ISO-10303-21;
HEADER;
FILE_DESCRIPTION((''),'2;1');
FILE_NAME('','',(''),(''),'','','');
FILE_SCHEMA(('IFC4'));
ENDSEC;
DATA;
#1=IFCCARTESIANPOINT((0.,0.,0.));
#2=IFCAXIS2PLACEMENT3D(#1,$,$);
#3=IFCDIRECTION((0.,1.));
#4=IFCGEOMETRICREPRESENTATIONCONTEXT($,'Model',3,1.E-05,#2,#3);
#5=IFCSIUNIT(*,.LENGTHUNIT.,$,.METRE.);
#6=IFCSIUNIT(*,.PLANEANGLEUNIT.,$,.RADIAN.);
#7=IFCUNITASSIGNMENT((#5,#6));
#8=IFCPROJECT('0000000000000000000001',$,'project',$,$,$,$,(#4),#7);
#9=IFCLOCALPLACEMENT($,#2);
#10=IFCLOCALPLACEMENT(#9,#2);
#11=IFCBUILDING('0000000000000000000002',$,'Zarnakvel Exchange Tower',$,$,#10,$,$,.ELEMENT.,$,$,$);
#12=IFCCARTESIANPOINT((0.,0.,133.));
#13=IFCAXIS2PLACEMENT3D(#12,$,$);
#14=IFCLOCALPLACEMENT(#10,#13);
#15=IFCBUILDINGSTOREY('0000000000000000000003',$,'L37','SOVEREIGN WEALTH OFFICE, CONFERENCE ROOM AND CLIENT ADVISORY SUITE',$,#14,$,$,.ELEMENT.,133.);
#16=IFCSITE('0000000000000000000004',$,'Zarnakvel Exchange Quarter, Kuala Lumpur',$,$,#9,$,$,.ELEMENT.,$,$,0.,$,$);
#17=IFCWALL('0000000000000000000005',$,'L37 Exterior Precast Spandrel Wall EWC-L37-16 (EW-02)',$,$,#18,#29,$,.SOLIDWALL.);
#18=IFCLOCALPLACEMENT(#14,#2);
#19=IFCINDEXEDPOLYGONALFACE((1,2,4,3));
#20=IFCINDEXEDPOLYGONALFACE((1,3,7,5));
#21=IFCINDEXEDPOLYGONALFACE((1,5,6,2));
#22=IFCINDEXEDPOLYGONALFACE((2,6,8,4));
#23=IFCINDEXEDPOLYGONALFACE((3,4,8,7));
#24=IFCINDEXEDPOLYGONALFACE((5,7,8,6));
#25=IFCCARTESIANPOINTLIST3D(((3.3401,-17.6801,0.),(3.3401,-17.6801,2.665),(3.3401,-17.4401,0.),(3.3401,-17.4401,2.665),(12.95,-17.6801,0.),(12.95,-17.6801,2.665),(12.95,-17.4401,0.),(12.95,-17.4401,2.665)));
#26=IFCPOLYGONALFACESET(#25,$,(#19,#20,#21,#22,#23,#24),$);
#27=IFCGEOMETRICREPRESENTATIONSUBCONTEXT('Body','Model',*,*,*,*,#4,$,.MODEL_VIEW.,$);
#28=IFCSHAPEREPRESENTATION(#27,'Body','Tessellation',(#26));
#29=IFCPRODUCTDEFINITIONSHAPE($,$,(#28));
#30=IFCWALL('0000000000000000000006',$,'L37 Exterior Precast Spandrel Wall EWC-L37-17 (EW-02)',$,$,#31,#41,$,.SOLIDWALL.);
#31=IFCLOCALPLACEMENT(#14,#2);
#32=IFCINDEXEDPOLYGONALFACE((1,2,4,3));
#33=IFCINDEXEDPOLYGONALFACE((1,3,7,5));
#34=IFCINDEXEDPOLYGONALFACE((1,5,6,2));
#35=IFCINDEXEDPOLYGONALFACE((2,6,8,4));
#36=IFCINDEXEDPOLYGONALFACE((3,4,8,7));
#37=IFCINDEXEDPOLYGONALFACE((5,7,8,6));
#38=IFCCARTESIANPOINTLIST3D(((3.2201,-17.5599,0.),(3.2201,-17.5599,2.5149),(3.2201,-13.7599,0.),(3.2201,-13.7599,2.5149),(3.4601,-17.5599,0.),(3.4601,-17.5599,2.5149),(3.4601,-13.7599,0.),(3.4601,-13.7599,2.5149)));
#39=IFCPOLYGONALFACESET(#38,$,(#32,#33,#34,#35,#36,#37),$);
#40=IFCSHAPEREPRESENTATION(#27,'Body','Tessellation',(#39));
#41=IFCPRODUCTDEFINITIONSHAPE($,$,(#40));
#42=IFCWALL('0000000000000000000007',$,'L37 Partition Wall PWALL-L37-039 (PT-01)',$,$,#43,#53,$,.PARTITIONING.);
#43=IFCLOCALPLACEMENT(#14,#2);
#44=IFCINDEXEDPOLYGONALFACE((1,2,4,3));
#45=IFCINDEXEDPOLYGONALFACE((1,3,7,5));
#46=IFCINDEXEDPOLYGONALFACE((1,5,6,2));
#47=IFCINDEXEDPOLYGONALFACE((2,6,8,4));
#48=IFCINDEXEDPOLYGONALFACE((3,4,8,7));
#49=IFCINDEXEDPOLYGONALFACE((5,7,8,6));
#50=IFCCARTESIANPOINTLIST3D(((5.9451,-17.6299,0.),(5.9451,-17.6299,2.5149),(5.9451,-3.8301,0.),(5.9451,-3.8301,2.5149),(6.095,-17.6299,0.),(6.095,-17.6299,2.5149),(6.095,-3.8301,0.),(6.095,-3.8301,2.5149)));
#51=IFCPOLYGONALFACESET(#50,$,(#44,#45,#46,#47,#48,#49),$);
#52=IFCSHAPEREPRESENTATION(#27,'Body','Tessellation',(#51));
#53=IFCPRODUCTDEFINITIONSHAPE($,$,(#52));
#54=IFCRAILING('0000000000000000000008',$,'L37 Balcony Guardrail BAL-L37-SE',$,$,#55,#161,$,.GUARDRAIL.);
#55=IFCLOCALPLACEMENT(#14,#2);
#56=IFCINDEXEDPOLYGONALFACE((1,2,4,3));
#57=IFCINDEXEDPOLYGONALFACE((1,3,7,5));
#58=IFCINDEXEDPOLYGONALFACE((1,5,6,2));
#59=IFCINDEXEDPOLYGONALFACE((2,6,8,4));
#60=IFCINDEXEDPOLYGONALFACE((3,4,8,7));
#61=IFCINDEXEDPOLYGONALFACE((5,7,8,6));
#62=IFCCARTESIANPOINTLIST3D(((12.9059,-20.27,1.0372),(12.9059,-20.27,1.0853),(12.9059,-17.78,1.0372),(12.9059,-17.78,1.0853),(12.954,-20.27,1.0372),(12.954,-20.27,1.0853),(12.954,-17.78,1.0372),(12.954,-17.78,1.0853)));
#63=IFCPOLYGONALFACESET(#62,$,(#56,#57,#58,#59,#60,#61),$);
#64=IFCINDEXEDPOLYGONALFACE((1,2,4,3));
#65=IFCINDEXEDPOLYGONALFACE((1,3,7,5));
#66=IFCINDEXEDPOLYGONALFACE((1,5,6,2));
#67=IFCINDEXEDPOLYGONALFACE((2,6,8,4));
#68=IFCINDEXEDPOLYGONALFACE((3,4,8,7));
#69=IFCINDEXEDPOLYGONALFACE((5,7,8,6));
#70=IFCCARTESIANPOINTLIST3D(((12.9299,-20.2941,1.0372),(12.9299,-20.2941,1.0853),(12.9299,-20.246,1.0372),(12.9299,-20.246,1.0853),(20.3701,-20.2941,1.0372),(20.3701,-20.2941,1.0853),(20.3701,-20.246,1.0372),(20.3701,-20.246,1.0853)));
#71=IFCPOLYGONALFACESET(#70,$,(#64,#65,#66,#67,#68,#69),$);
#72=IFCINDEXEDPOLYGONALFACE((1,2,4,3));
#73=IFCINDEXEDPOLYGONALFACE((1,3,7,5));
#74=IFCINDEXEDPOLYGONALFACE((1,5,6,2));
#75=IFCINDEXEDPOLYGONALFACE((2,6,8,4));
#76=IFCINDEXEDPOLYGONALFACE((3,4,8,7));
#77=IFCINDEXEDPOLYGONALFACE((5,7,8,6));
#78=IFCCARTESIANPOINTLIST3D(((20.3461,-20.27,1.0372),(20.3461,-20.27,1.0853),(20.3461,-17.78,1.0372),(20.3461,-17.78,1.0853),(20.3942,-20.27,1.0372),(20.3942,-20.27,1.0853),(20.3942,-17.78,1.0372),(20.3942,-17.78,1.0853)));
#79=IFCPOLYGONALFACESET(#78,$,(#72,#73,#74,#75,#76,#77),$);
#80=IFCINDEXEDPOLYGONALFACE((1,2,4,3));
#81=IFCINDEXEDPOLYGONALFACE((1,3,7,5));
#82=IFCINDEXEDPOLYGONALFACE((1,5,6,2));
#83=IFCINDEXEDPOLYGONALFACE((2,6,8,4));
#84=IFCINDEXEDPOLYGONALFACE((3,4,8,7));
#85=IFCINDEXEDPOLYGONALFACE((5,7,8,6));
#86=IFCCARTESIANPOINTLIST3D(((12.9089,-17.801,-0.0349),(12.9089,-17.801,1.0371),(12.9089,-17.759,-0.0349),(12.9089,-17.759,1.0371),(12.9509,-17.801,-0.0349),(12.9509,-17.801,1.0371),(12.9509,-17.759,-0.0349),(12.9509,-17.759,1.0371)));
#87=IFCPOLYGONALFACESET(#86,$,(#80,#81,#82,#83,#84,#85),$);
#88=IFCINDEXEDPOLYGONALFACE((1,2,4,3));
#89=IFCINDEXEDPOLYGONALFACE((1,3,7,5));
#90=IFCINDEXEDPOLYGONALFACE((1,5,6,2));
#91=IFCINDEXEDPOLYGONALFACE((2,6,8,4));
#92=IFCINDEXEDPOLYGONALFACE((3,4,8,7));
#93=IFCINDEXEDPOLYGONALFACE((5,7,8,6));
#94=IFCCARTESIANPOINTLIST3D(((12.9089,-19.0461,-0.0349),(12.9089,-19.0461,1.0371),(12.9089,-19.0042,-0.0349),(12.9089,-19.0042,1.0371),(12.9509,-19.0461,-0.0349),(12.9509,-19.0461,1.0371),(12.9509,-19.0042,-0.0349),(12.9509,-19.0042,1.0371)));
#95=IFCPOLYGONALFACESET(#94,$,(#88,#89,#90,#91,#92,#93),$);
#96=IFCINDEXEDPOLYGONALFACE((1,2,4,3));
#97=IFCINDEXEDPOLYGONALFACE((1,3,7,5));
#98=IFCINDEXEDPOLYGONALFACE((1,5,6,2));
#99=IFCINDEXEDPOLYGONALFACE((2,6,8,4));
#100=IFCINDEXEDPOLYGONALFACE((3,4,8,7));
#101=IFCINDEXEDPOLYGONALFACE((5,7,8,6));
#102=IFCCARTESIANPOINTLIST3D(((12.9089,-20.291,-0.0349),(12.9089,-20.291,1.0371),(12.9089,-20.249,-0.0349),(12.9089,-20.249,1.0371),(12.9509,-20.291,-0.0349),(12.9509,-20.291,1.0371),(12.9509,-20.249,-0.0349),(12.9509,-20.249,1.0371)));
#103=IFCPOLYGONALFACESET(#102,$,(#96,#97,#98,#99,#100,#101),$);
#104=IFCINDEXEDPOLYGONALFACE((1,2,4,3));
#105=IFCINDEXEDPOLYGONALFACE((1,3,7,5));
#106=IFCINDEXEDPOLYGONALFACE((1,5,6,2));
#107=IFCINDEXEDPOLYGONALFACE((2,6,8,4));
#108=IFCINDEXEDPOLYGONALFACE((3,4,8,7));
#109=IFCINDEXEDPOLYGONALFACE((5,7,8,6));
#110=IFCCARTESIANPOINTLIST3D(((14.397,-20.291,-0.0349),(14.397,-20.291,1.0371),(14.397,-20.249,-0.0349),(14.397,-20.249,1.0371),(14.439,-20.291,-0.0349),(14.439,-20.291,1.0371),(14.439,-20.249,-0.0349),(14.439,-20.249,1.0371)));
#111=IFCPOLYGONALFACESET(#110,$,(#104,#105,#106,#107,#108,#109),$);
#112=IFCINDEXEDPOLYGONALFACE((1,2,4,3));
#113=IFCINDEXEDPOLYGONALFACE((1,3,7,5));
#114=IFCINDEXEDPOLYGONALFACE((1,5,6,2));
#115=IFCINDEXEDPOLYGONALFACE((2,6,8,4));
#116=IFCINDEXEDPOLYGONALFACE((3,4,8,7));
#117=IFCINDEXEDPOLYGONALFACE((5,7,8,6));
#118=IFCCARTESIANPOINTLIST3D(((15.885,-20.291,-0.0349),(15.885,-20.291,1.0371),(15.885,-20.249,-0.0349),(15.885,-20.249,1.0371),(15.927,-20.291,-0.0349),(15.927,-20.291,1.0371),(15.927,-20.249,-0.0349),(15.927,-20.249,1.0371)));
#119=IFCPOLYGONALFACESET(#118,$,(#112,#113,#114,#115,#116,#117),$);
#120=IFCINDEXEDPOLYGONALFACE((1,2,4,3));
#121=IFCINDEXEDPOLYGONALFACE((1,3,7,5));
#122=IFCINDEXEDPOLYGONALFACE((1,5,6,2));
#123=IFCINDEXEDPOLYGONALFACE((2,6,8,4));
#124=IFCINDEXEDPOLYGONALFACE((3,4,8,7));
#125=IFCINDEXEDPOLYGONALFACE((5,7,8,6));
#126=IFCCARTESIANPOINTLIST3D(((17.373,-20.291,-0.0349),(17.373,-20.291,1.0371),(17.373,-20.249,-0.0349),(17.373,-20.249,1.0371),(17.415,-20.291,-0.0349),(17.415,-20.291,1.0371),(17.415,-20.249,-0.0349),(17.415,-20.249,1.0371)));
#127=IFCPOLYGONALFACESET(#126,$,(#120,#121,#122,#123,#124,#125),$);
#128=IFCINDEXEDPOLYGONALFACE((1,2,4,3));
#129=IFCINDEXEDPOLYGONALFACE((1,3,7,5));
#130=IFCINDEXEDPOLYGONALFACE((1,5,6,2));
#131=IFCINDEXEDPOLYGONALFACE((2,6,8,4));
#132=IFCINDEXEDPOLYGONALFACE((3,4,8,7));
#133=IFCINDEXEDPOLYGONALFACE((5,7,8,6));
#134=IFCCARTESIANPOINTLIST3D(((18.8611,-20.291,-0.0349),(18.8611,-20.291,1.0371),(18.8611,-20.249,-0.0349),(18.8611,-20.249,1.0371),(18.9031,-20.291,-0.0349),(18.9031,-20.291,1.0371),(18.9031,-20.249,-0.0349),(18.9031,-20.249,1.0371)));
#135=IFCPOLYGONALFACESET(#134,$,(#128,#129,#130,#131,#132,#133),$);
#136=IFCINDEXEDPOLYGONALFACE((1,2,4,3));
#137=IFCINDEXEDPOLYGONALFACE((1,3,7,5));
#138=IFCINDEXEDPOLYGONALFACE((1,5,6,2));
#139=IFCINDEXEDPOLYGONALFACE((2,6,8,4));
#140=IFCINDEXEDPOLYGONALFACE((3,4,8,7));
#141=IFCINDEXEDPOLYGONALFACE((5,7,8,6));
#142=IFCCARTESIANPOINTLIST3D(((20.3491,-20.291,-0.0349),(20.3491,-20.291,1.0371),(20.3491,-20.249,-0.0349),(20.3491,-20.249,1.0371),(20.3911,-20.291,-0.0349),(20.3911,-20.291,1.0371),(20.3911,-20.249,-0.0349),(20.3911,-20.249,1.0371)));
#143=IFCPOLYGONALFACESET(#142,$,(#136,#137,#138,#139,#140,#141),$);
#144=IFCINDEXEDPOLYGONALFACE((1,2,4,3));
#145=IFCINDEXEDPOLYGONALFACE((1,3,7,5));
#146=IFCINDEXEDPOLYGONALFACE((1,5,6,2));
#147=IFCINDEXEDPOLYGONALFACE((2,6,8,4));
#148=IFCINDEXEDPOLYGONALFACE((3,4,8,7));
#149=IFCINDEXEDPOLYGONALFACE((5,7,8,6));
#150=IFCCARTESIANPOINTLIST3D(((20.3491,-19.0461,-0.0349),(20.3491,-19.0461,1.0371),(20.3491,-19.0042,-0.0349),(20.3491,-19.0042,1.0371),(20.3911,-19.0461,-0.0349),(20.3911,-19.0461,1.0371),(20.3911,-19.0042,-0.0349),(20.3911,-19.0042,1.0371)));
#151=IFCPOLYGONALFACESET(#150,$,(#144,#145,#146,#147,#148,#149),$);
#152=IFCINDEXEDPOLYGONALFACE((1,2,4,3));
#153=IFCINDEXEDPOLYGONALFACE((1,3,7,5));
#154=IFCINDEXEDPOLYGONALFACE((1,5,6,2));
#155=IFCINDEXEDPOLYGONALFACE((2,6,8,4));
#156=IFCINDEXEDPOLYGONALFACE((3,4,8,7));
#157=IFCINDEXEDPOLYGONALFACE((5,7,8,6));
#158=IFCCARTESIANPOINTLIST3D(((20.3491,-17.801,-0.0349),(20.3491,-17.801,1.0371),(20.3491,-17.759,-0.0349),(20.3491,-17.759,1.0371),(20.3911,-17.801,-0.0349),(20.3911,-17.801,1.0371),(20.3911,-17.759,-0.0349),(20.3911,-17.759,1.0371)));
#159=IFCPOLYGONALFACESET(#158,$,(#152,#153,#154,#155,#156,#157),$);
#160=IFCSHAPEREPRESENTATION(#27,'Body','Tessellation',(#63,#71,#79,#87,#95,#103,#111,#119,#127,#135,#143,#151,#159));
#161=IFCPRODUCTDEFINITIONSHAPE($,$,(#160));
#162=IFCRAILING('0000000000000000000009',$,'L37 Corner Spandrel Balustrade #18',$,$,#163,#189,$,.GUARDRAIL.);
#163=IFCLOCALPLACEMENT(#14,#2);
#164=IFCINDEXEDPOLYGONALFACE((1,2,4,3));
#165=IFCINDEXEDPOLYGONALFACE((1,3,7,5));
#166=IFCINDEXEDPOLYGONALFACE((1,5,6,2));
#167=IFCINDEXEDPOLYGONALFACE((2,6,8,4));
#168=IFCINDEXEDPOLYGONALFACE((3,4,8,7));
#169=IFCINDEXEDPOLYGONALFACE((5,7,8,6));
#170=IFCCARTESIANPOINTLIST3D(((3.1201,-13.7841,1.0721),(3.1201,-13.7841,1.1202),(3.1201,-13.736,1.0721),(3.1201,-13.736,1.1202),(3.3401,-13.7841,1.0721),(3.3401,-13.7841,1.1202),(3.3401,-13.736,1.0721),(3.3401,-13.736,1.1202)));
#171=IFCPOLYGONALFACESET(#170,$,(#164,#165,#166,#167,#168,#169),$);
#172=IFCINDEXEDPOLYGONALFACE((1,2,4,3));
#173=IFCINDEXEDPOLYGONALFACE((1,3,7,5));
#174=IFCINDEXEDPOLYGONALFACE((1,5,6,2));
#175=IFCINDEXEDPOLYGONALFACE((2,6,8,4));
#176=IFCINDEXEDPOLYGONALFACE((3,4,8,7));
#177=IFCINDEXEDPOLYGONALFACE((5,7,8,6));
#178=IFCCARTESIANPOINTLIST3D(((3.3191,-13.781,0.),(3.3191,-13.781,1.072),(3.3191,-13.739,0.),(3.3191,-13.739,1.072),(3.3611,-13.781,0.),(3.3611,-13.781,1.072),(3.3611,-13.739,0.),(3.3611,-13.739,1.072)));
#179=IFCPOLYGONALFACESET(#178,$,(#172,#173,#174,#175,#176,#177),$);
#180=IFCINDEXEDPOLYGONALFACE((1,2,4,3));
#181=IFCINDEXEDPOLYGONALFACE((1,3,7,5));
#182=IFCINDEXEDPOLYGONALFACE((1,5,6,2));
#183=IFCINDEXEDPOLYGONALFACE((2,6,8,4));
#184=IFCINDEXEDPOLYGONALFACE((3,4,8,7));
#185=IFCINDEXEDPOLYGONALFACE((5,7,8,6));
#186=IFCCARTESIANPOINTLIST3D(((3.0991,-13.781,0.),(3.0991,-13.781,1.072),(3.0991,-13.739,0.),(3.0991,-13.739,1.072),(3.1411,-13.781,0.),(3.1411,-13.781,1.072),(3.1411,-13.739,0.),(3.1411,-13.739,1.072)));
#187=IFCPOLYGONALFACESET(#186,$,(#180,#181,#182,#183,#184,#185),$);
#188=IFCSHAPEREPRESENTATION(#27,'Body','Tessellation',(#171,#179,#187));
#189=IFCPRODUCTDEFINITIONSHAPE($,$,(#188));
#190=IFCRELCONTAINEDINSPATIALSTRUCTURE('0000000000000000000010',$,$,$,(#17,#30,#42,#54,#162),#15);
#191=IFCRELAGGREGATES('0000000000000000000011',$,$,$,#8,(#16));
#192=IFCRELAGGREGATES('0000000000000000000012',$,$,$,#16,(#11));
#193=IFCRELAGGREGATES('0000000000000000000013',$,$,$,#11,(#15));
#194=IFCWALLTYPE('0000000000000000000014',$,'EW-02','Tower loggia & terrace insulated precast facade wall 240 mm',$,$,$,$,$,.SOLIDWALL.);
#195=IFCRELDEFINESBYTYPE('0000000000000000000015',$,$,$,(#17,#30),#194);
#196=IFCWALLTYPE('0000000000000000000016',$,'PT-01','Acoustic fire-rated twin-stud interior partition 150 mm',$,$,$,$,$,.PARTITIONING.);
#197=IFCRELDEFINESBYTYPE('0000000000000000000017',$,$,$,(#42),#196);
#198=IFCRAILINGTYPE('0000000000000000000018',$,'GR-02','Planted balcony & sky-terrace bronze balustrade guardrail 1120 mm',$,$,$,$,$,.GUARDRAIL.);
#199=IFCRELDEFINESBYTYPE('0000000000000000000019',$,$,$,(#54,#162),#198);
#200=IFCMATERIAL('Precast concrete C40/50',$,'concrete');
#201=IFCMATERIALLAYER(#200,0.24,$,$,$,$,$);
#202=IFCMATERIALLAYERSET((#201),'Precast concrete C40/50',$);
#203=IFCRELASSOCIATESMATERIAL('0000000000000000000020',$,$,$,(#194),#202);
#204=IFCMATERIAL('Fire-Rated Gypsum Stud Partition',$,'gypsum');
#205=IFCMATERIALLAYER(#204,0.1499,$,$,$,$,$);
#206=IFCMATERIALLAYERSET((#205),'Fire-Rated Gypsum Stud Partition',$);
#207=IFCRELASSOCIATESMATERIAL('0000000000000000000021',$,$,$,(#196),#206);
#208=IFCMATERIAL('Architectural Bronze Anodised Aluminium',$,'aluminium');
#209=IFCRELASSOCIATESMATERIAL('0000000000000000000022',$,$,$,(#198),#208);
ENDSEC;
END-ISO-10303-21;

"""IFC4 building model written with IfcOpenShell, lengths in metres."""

from ifc_helpers import new_model, si_unit, direction, frame, frame_2d, origin, origin_2d, place, context, subcontext, project, spatial, rectangle, extrude, material, layer, layer_set, type_object, element, save


model = new_model("IFC4")

# Units and contexts
model_context = context("Model", 3, precision=1e-05, world=origin(), true_north=direction((0.0, 1.0)))
body_context = subcontext(model_context, "Body", "Model", "MODEL_VIEW")
ifc_project = project(units=[si_unit("LENGTHUNIT", "METRE"), si_unit("PLANEANGLEUNIT", "RADIAN")], contexts=[model_context])

# Site, building, storey
site_placement = place(None, origin())
site = spatial("IfcSite", under=ifc_project, at=site_placement, Name="Zarnakvel Exchange Quarter, Kuala Lumpur", CompositionType="ELEMENT", RefElevation=0.0)
building_placement = place(site_placement, origin())
building = spatial("IfcBuilding", under=site, at=building_placement, Name="Zarnakvel Exchange Tower", CompositionType="ELEMENT")
storey_placement = place(building_placement, frame((0.0, 0.0, 133.0)))
storey = spatial("IfcBuildingStorey", under=building, at=storey_placement, Name="L37", Description="SOVEREIGN WEALTH OFFICE, CONFERENCE ROOM AND CLIENT ADVISORY SUITE", CompositionType="ELEMENT", Elevation=133.0)

# Shared definitions
ifc_material_1 = material(Name="Architectural Bronze Anodised Aluminium", Category="aluminium")

# Walls
ifc_material_2 = material(Name="Precast concrete C40/50", Category="concrete")
ifc_layer_1 = layer(ifc_material_2, 0.24)
ifc_layer_set_1 = layer_set([ifc_layer_1], Name="Precast concrete C40/50")
wall_type_1 = type_object("IfcWallType", Name="EW-02", Description="Tower loggia & terrace insulated precast facade wall 240 mm", PredefinedType="SOLIDWALL", material=ifc_layer_set_1)
wall_1_placement = place(storey_placement, frame((3.3401, -17.5601, 0.0), z_axis=(0.0, 0.0, 1.0), x_axis=(1.0, 0.0, 0.0)))
element("IfcWall", 1, at=wall_1_placement, inside=storey, type_object=wall_type_1, Name="L37 Exterior Precast Spandrel Wall EWC-L37-16 (EW-02)", PredefinedType="SOLIDWALL", context=body_context, shape_type="SweptSolid", body=[
    extrude(rectangle(XDim=9.6099, YDim=0.24, at=frame_2d((4.8049, 0.0))), origin(), (0.0, 0.0, 1.0), 2.665),
])
wall_2_placement = place(storey_placement, frame((3.3401, -13.76, 0.0), z_axis=(0.0, 0.0, 1.0), x_axis=(0.0, -1.0, 0.0)))
element("IfcWall", 2, at=wall_2_placement, inside=storey, type_object=wall_type_1, Name="L37 Exterior Precast Spandrel Wall EWC-L37-17 (EW-02)", PredefinedType="SOLIDWALL", context=body_context, shape_type="SweptSolid", body=[
    extrude(rectangle(XDim=3.8, YDim=0.24, at=frame_2d((1.8999, 0.0))), origin(), (0.0, 0.0, 1.0), 2.5149),
])
ifc_material_3 = material(Name="Fire-Rated Gypsum Stud Partition", Category="gypsum")
ifc_layer_2 = layer(ifc_material_3, 0.1499)
ifc_layer_set_2 = layer_set([ifc_layer_2], Name="Fire-Rated Gypsum Stud Partition")
wall_type_2 = type_object("IfcWallType", Name="PT-01", Description="Acoustic fire-rated twin-stud interior partition 150 mm", PredefinedType="PARTITIONING", material=ifc_layer_set_2)
wall_3_placement = place(storey_placement, frame((6.02, -17.6299, 0.0), z_axis=(0.0, 0.0, 1.0), x_axis=(0.0, 1.0, 0.0)))
element("IfcWall", 3, at=wall_3_placement, inside=storey, type_object=wall_type_2, Name="L37 Partition Wall PWALL-L37-039 (PT-01)", PredefinedType="PARTITIONING", context=body_context, shape_type="SweptSolid", body=[
    extrude(rectangle(XDim=13.7998, YDim=0.1499, at=frame_2d((6.8999, 0.0))), origin(), (0.0, 0.0, 1.0), 2.5149),
])

# Railings
railing_type = type_object("IfcRailingType", Name="GR-02", Description="Planted balcony & sky-terrace bronze balustrade guardrail 1120 mm", PredefinedType="GUARDRAIL", material=ifc_material_1)
railing_1_placement = place(storey_placement, frame((12.9299, -17.78, -0.0349)))
element("IfcRailing", 4, at=railing_1_placement, inside=storey, type_object=railing_type, Name="L37 Balcony Guardrail BAL-L37-SE", PredefinedType="GUARDRAIL", context=body_context, shape_type="SweptSolid", body=[
    extrude(rectangle(XDim=0.0481, YDim=0.0481, at=origin_2d()), frame((0.0, 0.0, 1.0962), z_axis=(0.0, -1.0, 0.0), x_axis=(1.0, 0.0, 0.0)), (0.0, 0.0, 1.0), 2.49),
    extrude(rectangle(XDim=0.0481, YDim=0.0481, at=origin_2d()), frame((0.0, -2.49, 1.0962), z_axis=(1.0, 0.0, 0.0), x_axis=(0.0, 1.0, 0.0)), (0.0, 0.0, 1.0), 7.4402),
    extrude(rectangle(XDim=0.0481, YDim=0.0481, at=origin_2d()), frame((7.4402, -2.49, 1.0962), z_axis=(0.0, 1.0, 0.0), x_axis=(-1.0, 0.0, 0.0)), (0.0, 0.0, 1.0), 2.49),
    extrude(rectangle(XDim=0.042, YDim=0.042, at=origin_2d()), origin(), (0.0, 0.0, 1.0), 1.072),
    extrude(rectangle(XDim=0.042, YDim=0.042, at=origin_2d()), frame((0.0, -1.2451, 0.0)), (0.0, 0.0, 1.0), 1.072),
    extrude(rectangle(XDim=0.042, YDim=0.042, at=origin_2d()), frame((0.0, -2.49, 0.0)), (0.0, 0.0, 1.0), 1.072),
    extrude(rectangle(XDim=0.042, YDim=0.042, at=origin_2d()), frame((1.488, -2.49, 0.0)), (0.0, 0.0, 1.0), 1.072),
    extrude(rectangle(XDim=0.042, YDim=0.042, at=origin_2d()), frame((2.9761, -2.49, 0.0)), (0.0, 0.0, 1.0), 1.072),
    extrude(rectangle(XDim=0.042, YDim=0.042, at=origin_2d()), frame((4.4641, -2.49, 0.0)), (0.0, 0.0, 1.0), 1.072),
    extrude(rectangle(XDim=0.042, YDim=0.042, at=origin_2d()), frame((5.9521, -2.49, 0.0)), (0.0, 0.0, 1.0), 1.072),
    extrude(rectangle(XDim=0.042, YDim=0.042, at=origin_2d()), frame((7.4402, -2.49, 0.0)), (0.0, 0.0, 1.0), 1.072),
    extrude(rectangle(XDim=0.042, YDim=0.042, at=origin_2d()), frame((7.4402, -1.2451, 0.0)), (0.0, 0.0, 1.0), 1.072),
    extrude(rectangle(XDim=0.042, YDim=0.042, at=origin_2d()), frame((7.4402, 0.0, 0.0)), (0.0, 0.0, 1.0), 1.072),
])
railing_2_placement = place(storey_placement, frame((3.3401, -13.76, 0.0)))
element("IfcRailing", 5, at=railing_2_placement, inside=storey, type_object=railing_type, Name="L37 Corner Spandrel Balustrade #18", PredefinedType="GUARDRAIL", context=body_context, shape_type="SweptSolid", body=[
    extrude(rectangle(XDim=0.0481, YDim=0.0481, at=origin_2d()), frame((0.0, 0.0, 1.0962), z_axis=(-1.0, 0.0, 0.0), x_axis=(0.0, -1.0, 0.0)), (0.0, 0.0, 1.0), 0.22),
    extrude(rectangle(XDim=0.042, YDim=0.042, at=origin_2d()), origin(), (0.0, 0.0, 1.0), 1.072),
    extrude(rectangle(XDim=0.042, YDim=0.042, at=origin_2d()), frame((-0.22, 0.0, 0.0)), (0.0, 0.0, 1.0), 1.072),
])

save(model, "model.ifc")
